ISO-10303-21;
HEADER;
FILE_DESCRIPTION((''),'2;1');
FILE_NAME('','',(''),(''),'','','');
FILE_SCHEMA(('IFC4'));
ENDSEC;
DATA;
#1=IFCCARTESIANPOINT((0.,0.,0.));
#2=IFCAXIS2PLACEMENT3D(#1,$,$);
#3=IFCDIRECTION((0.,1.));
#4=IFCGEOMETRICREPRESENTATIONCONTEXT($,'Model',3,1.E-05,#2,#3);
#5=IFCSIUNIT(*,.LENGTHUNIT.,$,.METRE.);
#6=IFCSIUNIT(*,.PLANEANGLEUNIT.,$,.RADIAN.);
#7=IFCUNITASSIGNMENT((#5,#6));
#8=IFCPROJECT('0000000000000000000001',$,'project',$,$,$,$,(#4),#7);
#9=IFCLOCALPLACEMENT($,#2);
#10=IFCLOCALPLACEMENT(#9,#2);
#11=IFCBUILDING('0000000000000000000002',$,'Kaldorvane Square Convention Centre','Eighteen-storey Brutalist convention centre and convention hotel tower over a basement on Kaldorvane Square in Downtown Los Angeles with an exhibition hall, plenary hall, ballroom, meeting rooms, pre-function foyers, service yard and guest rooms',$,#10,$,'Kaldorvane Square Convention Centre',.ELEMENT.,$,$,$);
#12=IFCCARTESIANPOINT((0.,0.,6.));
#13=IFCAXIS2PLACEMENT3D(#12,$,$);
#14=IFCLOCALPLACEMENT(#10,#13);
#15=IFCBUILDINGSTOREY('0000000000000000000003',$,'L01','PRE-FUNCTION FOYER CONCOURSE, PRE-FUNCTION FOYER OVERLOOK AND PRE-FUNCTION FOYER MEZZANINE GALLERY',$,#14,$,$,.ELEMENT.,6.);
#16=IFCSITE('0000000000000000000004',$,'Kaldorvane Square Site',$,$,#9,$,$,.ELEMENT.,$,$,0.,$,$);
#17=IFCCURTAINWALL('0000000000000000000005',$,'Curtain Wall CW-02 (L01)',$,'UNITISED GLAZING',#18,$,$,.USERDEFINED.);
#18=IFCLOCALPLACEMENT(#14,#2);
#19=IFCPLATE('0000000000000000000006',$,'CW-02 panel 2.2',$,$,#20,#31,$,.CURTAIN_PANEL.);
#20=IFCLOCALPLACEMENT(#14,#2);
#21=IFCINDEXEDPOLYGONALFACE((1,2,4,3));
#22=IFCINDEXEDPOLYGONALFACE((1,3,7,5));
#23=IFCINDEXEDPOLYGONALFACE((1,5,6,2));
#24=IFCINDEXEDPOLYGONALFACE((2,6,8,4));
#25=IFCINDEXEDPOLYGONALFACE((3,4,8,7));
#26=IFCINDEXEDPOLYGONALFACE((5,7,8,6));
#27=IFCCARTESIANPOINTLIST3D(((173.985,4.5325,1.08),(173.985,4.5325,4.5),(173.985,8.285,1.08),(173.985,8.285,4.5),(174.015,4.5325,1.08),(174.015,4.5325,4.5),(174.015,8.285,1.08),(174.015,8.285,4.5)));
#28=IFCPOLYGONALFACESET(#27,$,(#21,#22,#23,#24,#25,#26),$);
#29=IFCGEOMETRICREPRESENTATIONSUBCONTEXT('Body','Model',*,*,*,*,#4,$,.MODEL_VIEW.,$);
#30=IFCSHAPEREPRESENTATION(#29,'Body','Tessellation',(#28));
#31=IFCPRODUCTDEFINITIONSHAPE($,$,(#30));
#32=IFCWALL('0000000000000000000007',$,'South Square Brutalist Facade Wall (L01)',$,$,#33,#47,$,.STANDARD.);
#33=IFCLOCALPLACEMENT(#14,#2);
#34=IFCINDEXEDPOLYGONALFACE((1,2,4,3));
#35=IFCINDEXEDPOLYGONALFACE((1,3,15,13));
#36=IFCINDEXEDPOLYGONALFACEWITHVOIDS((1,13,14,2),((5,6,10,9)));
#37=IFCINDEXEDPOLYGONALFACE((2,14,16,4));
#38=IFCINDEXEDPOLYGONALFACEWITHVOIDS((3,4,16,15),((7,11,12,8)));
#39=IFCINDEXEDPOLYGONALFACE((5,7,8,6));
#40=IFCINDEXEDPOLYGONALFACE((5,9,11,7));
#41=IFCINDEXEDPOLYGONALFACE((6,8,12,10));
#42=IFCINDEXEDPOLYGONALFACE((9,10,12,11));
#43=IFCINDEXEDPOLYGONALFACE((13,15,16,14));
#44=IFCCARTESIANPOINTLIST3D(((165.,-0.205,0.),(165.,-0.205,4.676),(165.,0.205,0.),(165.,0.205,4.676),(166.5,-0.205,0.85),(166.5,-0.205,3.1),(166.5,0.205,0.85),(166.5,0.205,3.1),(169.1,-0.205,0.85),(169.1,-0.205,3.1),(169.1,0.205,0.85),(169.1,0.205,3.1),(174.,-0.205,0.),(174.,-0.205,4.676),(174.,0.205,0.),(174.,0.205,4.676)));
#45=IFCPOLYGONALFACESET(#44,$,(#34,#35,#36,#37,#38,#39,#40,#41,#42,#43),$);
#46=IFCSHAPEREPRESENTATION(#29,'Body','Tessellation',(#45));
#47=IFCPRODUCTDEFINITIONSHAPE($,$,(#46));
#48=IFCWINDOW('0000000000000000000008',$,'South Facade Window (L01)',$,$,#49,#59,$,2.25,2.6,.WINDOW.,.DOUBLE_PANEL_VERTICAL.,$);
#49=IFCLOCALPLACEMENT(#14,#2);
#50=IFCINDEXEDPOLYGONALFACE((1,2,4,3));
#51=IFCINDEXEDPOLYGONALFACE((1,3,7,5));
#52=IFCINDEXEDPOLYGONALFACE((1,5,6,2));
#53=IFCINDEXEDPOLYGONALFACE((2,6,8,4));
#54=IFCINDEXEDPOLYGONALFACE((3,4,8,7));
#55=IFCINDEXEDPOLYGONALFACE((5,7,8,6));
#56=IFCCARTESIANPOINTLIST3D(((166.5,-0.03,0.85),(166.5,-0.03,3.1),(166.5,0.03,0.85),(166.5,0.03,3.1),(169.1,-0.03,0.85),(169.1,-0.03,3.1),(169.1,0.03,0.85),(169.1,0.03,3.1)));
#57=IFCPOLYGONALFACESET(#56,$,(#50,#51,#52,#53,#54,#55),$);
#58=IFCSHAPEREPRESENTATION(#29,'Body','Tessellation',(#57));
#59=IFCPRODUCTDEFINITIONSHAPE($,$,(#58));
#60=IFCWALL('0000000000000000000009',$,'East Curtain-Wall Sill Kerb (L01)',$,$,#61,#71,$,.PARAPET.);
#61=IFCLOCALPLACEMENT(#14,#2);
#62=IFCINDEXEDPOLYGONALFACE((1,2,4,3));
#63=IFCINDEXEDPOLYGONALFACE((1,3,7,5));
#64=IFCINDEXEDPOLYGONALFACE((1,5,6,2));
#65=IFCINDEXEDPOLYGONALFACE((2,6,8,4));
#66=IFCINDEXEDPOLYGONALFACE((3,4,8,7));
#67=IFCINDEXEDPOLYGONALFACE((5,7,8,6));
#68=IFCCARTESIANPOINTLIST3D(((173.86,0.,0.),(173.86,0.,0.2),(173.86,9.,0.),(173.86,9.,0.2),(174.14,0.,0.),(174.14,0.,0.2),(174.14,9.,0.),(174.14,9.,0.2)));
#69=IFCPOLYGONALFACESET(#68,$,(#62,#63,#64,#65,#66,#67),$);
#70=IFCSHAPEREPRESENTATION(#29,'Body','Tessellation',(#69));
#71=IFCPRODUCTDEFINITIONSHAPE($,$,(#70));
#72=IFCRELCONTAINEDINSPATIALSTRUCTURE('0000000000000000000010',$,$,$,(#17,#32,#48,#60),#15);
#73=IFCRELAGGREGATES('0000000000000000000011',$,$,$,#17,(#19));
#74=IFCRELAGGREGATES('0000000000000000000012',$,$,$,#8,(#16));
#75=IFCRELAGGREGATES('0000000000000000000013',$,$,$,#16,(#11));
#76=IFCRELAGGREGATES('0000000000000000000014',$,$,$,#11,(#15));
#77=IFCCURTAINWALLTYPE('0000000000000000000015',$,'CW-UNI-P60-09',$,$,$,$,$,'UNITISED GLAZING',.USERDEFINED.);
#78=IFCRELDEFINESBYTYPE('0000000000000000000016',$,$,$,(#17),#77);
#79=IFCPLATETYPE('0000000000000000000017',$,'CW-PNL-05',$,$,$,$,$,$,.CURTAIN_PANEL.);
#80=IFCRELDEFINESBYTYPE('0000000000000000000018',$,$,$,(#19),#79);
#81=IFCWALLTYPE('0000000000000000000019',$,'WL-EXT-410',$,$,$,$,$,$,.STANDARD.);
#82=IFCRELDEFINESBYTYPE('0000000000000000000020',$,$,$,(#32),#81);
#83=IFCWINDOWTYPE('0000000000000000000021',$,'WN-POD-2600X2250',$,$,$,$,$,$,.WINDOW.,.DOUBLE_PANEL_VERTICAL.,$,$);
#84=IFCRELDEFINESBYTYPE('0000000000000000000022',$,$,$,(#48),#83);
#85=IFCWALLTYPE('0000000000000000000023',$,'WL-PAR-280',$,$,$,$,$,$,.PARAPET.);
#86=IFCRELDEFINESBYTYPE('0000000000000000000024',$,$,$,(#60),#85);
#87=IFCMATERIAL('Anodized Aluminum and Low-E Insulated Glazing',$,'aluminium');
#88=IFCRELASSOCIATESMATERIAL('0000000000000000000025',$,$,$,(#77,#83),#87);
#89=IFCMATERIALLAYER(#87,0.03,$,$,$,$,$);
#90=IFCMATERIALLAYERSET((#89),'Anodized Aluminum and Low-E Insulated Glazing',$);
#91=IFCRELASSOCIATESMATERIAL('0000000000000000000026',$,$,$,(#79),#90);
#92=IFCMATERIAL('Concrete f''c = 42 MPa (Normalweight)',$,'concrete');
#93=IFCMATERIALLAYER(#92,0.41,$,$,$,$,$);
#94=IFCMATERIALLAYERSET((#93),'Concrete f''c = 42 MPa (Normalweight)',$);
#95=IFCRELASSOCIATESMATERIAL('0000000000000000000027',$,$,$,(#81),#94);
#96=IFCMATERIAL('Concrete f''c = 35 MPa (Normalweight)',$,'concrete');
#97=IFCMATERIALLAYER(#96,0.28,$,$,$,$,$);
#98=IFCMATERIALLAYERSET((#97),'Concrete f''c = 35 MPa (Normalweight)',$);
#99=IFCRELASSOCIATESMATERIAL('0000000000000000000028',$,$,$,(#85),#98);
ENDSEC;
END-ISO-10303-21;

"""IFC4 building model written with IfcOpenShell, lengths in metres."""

from ifc_helpers import new_model, si_unit, direction, frame, frame_2d, origin, origin_2d, place, context, subcontext, project, spatial, rectangle, extrude, material, layer, layer_set, type_object, element, fill, aggregate, save


model = new_model("IFC4")

# Units and contexts
model_context = context("Model", 3, precision=1e-05, world=origin(), true_north=direction((0.0, 1.0)))
body_context = subcontext(model_context, "Body", "Model", "MODEL_VIEW")
ifc_project = project(units=[si_unit("LENGTHUNIT", "METRE"), si_unit("PLANEANGLEUNIT", "RADIAN")], contexts=[model_context])

# Site, building, storey
site_placement = place(None, origin())
site = spatial("IfcSite", under=ifc_project, at=site_placement, Name="Kaldorvane Square Site", CompositionType="ELEMENT", RefElevation=0.0)
building_placement = place(site_placement, origin())
building = spatial("IfcBuilding", under=site, at=building_placement, Name="Kaldorvane Square Convention Centre", Description="Eighteen-storey Brutalist convention centre and convention hotel tower over a basement on Kaldorvane Square in Downtown Los Angeles with an exhibition hall, plenary hall, ballroom, meeting rooms, pre-function foyers, service yard and guest rooms", LongName="Kaldorvane Square Convention Centre", CompositionType="ELEMENT")
storey_placement = place(building_placement, frame((0.0, 0.0, 6.0)))
storey = spatial("IfcBuildingStorey", under=building, at=storey_placement, Name="L01", Description="PRE-FUNCTION FOYER CONCOURSE, PRE-FUNCTION FOYER OVERLOOK AND PRE-FUNCTION FOYER MEZZANINE GALLERY", CompositionType="ELEMENT", Elevation=6.0)

# Shared definitions
ifc_material_1 = material(Name="Concrete f'c = 42 MPa (Normalweight)", Category="concrete")

# Curtain wall
ifc_material_2 = material(Name="Anodized Aluminum and Low-E Insulated Glazing", Category="aluminium")
curtain_wall_type_1 = type_object("IfcCurtainWallType", Name="CW-UNI-P60-09", ElementType="UNITISED GLAZING", PredefinedType="USERDEFINED", material=ifc_material_2)
curtain_wall_1_placement = place(storey_placement, origin())
curtain_wall_1 = element("IfcCurtainWall", 1, at=curtain_wall_1_placement, inside=storey, type_object=curtain_wall_type_1, Name="Curtain Wall CW-02 (L01)", ObjectType="UNITISED GLAZING", PredefinedType="USERDEFINED")

# Plate
ifc_layer_1 = layer(ifc_material_2, 0.03)
ifc_layer_set_1 = layer_set([ifc_layer_1], Name="Anodized Aluminum and Low-E Insulated Glazing")
plate_type_1 = type_object("IfcPlateType", Name="CW-PNL-05", PredefinedType="CURTAIN_PANEL", material=ifc_layer_set_1)
plate_1_placement = place(storey_placement, frame((174.0, 6.4088, 1.08), z_axis=(0.0, 0.0, 1.0), x_axis=(0.0, 1.0, 0.0)))
plate_1 = element("IfcPlate", 2, at=plate_1_placement, type_object=plate_type_1, Name="CW-02 panel 2.2", PredefinedType="CURTAIN_PANEL", context=body_context, shape_type="SweptSolid", body=[
    extrude(rectangle(XDim=3.7525, YDim=0.03, at=origin_2d()), origin(), (0.0, 0.0, 1.0), 3.42),
])
aggregate(curtain_wall_1, [plate_1])

# Wall, opening, window
ifc_layer_2 = layer(ifc_material_1, 0.41)
ifc_layer_set_2 = layer_set([ifc_layer_2], Name="Concrete f'c = 42 MPa (Normalweight)")
wall_type_1 = type_object("IfcWallType", Name="WL-EXT-410", PredefinedType="STANDARD", material=ifc_layer_set_2)
wall_1_placement = place(storey_placement, frame((165.0, 0.0, 0.0), z_axis=(0.0, 0.0, 1.0), x_axis=(1.0, 0.0, 0.0)))
wall_1 = element("IfcWall", 3, at=wall_1_placement, inside=storey, type_object=wall_type_1, Name="South Square Brutalist Facade Wall (L01)", PredefinedType="STANDARD", context=body_context, shape_type="SweptSolid", body=[
    extrude(rectangle(XDim=9.0, YDim=0.41, at=frame_2d((4.5, 0.0))), origin(), (0.0, 0.0, 1.0), 4.676),
])
opening_placement = place(wall_1_placement, frame((1.5, 0.0, 0.85)))
opening = element("IfcOpeningElement", 4, at=opening_placement, cuts=wall_1, PredefinedType="OPENING", context=body_context, shape_type="SweptSolid", body=[
    extrude(rectangle(XDim=2.6, YDim=2.25, at=frame_2d((1.3, 1.125))), frame((0.0, 0.22, 0.0), z_axis=(0.0, -1.0, 0.0), x_axis=(1.0, 0.0, 0.0)), (0.0, 0.0, 1.0), 0.44),
])
window_type = type_object("IfcWindowType", Name="WN-POD-2600X2250", PartitioningType="DOUBLE_PANEL_VERTICAL", PredefinedType="WINDOW", material=ifc_material_2)
window_placement = place(opening_placement, origin())
window = element("IfcWindow", 5, at=window_placement, inside=storey, type_object=window_type, Name="South Facade Window (L01)", OverallHeight=2.25, OverallWidth=2.6, PartitioningType="DOUBLE_PANEL_VERTICAL", PredefinedType="WINDOW", context=body_context, shape_type="SweptSolid", body=[
    extrude(rectangle(XDim=2.6, YDim=2.25, at=frame_2d((1.3, 1.125))), frame((0.0, 0.03, 0.0), z_axis=(0.0, -1.0, 0.0), x_axis=(1.0, 0.0, 0.0)), (0.0, 0.0, 1.0), 0.06),
])
fill(opening, window)

# Wall
ifc_material_3 = material(Name="Concrete f'c = 35 MPa (Normalweight)", Category="concrete")
ifc_layer_3 = layer(ifc_material_3, 0.28)
ifc_layer_set_3 = layer_set([ifc_layer_3], Name="Concrete f'c = 35 MPa (Normalweight)")
wall_type_2 = type_object("IfcWallType", Name="WL-PAR-280", PredefinedType="PARAPET", material=ifc_layer_set_3)
wall_2_placement = place(storey_placement, frame((174.0, 0.0, 0.0), z_axis=(0.0, 0.0, 1.0), x_axis=(0.0, 1.0, 0.0)))
element("IfcWall", 6, at=wall_2_placement, inside=storey, type_object=wall_type_2, Name="East Curtain-Wall Sill Kerb (L01)", PredefinedType="PARAPET", context=body_context, shape_type="SweptSolid", body=[
    extrude(rectangle(XDim=9.0, YDim=0.28, at=frame_2d((4.5, 0.0))), origin(), (0.0, 0.0, 1.0), 0.2),
])

save(model, "model.ifc")
